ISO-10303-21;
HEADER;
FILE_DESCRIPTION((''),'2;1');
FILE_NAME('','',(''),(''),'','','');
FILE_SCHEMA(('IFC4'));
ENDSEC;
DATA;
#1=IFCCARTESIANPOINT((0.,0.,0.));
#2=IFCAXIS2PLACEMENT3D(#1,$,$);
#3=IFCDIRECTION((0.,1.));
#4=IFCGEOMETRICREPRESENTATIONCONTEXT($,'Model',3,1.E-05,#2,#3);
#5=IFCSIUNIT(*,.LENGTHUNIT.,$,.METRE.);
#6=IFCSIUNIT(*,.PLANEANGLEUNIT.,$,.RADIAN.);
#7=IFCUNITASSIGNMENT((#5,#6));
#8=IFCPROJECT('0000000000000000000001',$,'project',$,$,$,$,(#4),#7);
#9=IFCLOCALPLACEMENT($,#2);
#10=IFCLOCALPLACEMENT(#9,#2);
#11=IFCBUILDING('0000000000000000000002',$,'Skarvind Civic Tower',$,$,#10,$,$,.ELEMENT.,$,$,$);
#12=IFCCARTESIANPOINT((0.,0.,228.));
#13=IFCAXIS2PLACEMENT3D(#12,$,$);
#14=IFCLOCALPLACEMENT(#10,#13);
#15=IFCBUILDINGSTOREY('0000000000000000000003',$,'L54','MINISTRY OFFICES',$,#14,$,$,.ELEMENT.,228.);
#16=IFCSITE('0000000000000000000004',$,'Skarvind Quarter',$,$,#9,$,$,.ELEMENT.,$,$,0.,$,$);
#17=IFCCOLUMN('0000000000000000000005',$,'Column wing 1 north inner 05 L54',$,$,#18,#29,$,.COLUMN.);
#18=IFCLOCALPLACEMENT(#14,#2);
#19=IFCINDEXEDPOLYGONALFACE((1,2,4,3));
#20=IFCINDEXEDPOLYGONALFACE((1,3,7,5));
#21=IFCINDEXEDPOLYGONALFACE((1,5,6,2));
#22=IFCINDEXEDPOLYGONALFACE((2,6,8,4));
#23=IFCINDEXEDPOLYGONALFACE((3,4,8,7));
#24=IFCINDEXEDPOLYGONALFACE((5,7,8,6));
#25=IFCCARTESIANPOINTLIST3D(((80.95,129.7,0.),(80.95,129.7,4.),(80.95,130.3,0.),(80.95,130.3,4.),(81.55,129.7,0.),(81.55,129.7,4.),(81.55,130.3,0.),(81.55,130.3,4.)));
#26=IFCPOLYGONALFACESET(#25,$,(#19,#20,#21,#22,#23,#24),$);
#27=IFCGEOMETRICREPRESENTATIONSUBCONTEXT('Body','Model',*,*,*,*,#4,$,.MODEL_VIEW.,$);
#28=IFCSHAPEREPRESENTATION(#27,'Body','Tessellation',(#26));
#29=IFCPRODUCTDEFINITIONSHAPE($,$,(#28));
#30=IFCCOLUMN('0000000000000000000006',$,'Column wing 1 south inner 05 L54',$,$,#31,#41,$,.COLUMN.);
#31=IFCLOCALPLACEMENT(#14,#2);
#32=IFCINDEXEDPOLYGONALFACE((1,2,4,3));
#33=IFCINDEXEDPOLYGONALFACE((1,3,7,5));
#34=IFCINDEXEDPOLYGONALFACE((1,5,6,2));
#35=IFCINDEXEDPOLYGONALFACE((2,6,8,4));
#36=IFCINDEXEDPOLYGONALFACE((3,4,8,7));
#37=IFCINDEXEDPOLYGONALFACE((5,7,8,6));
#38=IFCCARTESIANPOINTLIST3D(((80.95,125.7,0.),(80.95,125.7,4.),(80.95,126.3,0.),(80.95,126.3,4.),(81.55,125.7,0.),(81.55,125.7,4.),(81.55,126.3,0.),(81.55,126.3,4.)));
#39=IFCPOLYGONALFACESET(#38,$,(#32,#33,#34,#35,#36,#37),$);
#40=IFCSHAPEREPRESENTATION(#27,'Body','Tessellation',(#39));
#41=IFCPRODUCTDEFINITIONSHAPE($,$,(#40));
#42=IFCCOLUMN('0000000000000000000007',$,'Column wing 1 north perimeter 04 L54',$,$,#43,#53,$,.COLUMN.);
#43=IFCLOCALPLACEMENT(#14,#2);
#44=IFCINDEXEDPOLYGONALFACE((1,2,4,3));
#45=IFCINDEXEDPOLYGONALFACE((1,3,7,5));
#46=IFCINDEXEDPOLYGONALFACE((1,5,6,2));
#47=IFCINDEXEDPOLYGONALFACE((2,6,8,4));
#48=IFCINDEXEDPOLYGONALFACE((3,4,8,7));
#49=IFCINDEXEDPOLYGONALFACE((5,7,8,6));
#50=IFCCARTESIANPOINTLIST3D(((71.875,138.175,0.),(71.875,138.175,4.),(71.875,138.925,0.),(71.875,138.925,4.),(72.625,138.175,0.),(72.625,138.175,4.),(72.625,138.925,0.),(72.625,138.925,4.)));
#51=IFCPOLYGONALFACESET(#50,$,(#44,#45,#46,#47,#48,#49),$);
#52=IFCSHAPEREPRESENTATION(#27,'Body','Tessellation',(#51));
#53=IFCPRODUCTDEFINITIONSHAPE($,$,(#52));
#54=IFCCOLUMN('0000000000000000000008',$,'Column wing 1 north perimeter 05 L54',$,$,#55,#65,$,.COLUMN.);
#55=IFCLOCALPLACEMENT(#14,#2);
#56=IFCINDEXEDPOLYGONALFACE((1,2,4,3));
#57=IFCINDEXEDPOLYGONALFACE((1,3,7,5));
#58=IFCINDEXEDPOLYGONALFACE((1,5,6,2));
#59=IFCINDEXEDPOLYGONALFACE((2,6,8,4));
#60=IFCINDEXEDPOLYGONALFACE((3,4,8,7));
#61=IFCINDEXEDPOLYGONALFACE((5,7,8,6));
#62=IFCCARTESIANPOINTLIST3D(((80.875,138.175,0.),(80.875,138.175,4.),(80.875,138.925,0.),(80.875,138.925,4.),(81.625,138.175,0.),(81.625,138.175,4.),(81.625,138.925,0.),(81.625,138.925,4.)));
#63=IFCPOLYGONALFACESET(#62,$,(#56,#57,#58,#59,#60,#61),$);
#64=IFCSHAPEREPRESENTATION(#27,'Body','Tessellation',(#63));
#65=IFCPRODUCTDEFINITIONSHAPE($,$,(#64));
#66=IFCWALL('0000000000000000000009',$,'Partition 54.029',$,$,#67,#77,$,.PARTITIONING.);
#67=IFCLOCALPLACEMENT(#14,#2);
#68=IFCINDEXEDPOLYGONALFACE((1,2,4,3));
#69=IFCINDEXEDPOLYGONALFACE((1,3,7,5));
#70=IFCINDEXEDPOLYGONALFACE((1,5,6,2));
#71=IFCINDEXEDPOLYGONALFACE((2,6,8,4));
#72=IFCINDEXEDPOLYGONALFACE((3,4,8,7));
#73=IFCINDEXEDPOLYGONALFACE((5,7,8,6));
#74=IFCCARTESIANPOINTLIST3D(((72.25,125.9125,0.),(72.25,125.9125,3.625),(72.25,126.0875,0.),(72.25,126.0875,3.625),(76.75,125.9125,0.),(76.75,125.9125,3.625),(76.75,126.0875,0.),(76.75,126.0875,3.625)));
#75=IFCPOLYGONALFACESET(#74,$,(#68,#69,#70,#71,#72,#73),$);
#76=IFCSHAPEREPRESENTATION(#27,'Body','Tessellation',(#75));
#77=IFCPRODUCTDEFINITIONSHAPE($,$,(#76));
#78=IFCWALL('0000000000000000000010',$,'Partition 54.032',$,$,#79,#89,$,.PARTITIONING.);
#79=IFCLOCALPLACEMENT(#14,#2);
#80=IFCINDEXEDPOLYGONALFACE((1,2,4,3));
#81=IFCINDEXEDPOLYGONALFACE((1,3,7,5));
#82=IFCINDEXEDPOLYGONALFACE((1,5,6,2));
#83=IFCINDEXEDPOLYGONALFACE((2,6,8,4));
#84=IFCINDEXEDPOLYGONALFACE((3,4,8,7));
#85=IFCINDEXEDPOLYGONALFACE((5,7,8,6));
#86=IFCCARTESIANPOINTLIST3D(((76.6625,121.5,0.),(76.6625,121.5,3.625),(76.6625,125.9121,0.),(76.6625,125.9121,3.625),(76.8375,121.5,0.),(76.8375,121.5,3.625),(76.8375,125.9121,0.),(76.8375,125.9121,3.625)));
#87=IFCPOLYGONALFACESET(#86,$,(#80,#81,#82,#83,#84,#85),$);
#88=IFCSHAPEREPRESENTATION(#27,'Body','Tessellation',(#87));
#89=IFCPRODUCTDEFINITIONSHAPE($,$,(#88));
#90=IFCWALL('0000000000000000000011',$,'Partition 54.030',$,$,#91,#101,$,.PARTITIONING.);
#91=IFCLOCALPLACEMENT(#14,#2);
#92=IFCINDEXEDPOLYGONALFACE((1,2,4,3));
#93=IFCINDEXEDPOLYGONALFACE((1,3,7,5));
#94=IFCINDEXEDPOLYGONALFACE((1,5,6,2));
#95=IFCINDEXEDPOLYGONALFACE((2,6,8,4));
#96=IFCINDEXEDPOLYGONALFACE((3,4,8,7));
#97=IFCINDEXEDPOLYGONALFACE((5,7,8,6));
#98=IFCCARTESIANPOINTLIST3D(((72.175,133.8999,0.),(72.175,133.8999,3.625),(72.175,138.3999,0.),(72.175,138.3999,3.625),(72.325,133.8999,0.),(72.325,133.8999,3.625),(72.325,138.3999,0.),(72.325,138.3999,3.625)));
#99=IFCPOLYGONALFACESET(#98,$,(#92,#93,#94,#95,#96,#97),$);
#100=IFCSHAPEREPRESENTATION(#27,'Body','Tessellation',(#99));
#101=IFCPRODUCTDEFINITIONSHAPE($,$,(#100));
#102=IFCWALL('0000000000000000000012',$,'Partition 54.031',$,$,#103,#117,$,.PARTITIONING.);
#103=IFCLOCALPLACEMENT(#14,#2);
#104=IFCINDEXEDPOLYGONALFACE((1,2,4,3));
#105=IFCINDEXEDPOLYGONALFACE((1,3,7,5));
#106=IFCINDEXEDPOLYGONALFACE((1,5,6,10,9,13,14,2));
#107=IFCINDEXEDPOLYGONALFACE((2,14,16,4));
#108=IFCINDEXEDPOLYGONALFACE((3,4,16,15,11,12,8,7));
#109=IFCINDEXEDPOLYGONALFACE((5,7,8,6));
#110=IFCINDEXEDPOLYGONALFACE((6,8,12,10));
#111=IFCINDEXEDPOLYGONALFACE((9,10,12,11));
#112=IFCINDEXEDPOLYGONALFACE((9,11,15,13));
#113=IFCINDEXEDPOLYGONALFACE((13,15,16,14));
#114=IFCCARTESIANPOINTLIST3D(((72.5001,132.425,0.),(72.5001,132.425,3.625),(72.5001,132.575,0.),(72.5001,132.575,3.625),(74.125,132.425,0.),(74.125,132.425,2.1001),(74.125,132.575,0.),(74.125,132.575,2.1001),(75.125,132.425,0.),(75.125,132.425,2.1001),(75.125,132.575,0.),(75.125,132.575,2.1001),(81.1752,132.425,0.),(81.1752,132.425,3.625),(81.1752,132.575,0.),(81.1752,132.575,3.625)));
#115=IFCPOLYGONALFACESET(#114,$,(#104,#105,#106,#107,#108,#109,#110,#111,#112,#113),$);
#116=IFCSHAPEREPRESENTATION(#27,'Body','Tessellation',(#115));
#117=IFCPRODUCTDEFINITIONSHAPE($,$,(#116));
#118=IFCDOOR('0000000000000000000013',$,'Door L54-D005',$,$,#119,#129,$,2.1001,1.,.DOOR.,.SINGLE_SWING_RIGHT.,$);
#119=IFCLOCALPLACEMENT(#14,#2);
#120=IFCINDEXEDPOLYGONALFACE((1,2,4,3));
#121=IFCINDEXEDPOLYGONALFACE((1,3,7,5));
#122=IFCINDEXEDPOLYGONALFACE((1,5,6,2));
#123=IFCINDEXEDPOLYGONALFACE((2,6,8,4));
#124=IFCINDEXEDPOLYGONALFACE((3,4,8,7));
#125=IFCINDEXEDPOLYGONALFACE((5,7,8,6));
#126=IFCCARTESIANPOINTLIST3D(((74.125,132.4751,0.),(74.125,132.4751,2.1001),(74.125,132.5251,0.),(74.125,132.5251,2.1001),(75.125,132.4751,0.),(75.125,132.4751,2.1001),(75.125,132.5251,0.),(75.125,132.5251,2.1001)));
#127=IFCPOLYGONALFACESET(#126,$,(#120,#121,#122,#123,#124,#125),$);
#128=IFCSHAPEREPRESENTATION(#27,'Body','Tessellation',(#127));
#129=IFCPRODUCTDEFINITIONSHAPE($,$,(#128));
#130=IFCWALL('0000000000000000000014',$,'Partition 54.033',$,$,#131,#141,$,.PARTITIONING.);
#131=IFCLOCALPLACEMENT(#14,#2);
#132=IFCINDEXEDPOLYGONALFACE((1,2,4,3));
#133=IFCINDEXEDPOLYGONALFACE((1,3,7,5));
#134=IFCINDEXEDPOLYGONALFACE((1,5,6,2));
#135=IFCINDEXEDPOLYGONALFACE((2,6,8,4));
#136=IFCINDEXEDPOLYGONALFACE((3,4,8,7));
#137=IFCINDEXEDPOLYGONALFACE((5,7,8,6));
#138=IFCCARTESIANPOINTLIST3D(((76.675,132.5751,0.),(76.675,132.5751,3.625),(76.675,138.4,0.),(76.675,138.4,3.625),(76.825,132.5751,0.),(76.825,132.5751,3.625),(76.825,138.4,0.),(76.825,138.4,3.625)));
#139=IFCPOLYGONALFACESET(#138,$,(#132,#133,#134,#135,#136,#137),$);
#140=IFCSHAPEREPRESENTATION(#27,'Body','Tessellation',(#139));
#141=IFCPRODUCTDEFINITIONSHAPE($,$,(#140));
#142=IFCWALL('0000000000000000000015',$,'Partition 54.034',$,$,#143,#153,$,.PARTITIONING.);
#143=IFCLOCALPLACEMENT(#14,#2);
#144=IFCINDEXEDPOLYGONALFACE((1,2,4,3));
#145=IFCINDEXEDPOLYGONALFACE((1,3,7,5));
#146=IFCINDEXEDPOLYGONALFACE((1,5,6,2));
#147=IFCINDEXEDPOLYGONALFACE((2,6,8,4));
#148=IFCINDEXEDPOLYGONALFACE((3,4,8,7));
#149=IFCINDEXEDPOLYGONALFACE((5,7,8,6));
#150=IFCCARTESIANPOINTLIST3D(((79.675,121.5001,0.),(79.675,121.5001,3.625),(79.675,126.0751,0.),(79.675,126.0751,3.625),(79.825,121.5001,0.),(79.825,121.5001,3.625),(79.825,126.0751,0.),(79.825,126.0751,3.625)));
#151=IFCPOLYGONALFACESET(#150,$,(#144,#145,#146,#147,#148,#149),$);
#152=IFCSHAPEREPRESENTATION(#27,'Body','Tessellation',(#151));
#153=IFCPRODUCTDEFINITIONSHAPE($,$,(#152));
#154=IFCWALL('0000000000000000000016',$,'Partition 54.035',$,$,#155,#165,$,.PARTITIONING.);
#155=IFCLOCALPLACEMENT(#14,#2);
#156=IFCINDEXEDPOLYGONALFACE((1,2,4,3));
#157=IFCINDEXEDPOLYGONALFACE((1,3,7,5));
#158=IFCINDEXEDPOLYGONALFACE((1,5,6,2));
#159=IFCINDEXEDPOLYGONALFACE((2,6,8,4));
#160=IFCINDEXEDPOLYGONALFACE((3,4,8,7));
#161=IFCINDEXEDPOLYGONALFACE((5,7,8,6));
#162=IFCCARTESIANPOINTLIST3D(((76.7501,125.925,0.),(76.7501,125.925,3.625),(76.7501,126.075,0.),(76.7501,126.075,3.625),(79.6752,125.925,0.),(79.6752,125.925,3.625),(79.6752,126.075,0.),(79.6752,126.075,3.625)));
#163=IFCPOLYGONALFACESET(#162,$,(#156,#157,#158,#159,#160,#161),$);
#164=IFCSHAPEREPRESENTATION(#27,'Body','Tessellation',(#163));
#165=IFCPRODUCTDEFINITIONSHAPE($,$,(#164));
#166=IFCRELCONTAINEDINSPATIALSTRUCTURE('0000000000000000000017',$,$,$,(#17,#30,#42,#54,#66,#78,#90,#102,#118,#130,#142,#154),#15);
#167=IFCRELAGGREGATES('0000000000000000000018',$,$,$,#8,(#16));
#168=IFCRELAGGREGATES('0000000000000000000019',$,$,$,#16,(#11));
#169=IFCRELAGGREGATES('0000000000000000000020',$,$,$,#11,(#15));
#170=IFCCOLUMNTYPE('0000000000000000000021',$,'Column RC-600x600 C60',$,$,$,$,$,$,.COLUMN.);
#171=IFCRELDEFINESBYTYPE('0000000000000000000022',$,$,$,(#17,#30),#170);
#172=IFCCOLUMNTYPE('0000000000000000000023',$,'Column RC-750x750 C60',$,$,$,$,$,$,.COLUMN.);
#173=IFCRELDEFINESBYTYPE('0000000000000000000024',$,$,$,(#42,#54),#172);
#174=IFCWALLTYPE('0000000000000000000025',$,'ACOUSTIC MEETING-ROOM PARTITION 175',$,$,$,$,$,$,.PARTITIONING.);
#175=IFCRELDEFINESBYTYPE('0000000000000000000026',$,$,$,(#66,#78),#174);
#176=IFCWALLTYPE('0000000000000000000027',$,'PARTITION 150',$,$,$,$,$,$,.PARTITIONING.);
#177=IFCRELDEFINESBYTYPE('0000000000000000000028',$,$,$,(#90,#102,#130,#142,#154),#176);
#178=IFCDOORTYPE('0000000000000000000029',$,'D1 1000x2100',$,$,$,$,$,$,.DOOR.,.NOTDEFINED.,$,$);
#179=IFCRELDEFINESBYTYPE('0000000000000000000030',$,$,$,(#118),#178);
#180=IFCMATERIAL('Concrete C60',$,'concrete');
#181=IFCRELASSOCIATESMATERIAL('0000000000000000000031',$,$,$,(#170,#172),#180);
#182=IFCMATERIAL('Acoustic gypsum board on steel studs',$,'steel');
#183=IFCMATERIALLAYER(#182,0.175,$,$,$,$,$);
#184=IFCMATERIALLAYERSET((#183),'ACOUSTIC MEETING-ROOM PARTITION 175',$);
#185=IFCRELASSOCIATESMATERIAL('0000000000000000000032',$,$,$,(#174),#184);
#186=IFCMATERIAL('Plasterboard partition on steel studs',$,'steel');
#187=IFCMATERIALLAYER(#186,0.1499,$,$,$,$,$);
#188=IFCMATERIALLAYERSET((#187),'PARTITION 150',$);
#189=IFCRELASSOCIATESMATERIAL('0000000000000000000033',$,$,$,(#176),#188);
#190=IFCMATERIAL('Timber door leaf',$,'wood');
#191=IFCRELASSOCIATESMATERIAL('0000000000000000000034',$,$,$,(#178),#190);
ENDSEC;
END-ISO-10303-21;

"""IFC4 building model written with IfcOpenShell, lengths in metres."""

from ifc_helpers import new_model, si_unit, direction, frame, frame_2d, origin, origin_2d, place, context, subcontext, project, spatial, rectangle, extrude, material, layer, layer_set, material_profile, profile_set, type_object, element, fill, save


model = new_model("IFC4")

# Units and contexts
model_context = context("Model", 3, precision=1e-05, world=origin(), true_north=direction((0.0, 1.0)))
body_context = subcontext(model_context, "Body", "Model", "MODEL_VIEW")
ifc_project = project(units=[si_unit("LENGTHUNIT", "METRE"), si_unit("PLANEANGLEUNIT", "RADIAN")], contexts=[model_context])

# Site, building, storey
site_placement = place(None, origin())
site = spatial("IfcSite", under=ifc_project, at=site_placement, Name="Skarvind Quarter", CompositionType="ELEMENT", RefElevation=0.0)
building_placement = place(site_placement, origin())
building = spatial("IfcBuilding", under=site, at=building_placement, Name="Skarvind Civic Tower", CompositionType="ELEMENT")
storey_placement = place(building_placement, frame((0.0, 0.0, 228.0)))
storey = spatial("IfcBuildingStorey", under=building, at=storey_placement, Name="L54", Description="MINISTRY OFFICES", CompositionType="ELEMENT", Elevation=228.0)

# Columns
ifc_material_1 = material(Name="Concrete C60", Category="concrete")
ifc_material_profile_1 = material_profile(ifc_material_1, rectangle(XDim=0.6001, YDim=0.6001, at=origin_2d()), Name="RC-600x600")
ifc_profile_set_1 = profile_set([ifc_material_profile_1], Name="Concrete C60")
column_type_1 = type_object("IfcColumnType", Name="Column RC-600x600 C60", PredefinedType="COLUMN", material=ifc_profile_set_1)
for number, where, z_axis, x_axis, name in (
    (1, (81.25, 130.0, 0.0), (0.0, 0.0, 1.0), (1.0, 0.0, 0.0), "Column wing 1 north inner 05 L54"),
    (2, (81.25, 126.0, 0.0), (0.0, 0.0, 1.0), (1.0, 0.0, 0.0), "Column wing 1 south inner 05 L54"),
):
    element("IfcColumn", number, at=place(storey_placement, frame(where, z_axis=z_axis, x_axis=x_axis)), inside=storey, type_object=column_type_1, Name=name, PredefinedType="COLUMN", context=body_context, shape_type="SweptSolid", body=[
        extrude(rectangle(XDim=0.6001, YDim=0.6001, at=origin_2d()), origin(), (0.0, 0.0, 1.0), 4.0),
    ])
ifc_material_profile_2 = material_profile(ifc_material_1, rectangle(XDim=0.75, YDim=0.75, at=origin_2d()), Name="RC-750x750")
ifc_profile_set_2 = profile_set([ifc_material_profile_2], Name="Concrete C60")
column_type_2 = type_object("IfcColumnType", Name="Column RC-750x750 C60", PredefinedType="COLUMN", material=ifc_profile_set_2)
for number, where, z_axis, x_axis, name in (
    (3, (72.25, 138.55, 0.0), (0.0, 0.0, 1.0), (1.0, 0.0, 0.0), "Column wing 1 north perimeter 04 L54"),
    (4, (81.25, 138.55, 0.0), (0.0, 0.0, 1.0), (1.0, 0.0, 0.0), "Column wing 1 north perimeter 05 L54"),
):
    element("IfcColumn", number, at=place(storey_placement, frame(where, z_axis=z_axis, x_axis=x_axis)), inside=storey, type_object=column_type_2, Name=name, PredefinedType="COLUMN", context=body_context, shape_type="SweptSolid", body=[
        extrude(rectangle(XDim=0.75, YDim=0.75, at=origin_2d()), origin(), (0.0, 0.0, 1.0), 4.0),
    ])

# Walls
ifc_material_2 = material(Name="Acoustic gypsum board on steel studs", Category="steel")
ifc_layer_1 = layer(ifc_material_2, 0.175)
ifc_layer_set_1 = layer_set([ifc_layer_1], Name="ACOUSTIC MEETING-ROOM PARTITION 175")
wall_type_1 = type_object("IfcWallType", Name="ACOUSTIC MEETING-ROOM PARTITION 175", PredefinedType="PARTITIONING", material=ifc_layer_set_1)
wall_1_placement = place(storey_placement, frame((72.25, 126.0, 0.0), z_axis=(0.0, 0.0, 1.0), x_axis=(1.0, 0.0, 0.0)))
element("IfcWall", 5, at=wall_1_placement, inside=storey, type_object=wall_type_1, Name="Partition 54.029", PredefinedType="PARTITIONING", context=body_context, shape_type="SweptSolid", body=[
    extrude(rectangle(XDim=4.5, YDim=0.175, at=frame_2d((2.25, 0.0))), origin(), (0.0, 0.0, 1.0), 3.625),
])
wall_2_placement = place(storey_placement, frame((76.75, 125.9121, 0.0), z_axis=(0.0, 0.0, 1.0), x_axis=(0.0, -1.0, 0.0)))
element("IfcWall", 6, at=wall_2_placement, inside=storey, type_object=wall_type_1, Name="Partition 54.032", PredefinedType="PARTITIONING", context=body_context, shape_type="SweptSolid", body=[
    extrude(rectangle(XDim=4.4121, YDim=0.175, at=frame_2d((2.2061, 0.0))), origin(), (0.0, 0.0, 1.0), 3.625),
])
ifc_material_3 = material(Name="Plasterboard partition on steel studs", Category="steel")
ifc_layer_2 = layer(ifc_material_3, 0.1499)
ifc_layer_set_2 = layer_set([ifc_layer_2], Name="PARTITION 150")
wall_type_2 = type_object("IfcWallType", Name="PARTITION 150", PredefinedType="PARTITIONING", material=ifc_layer_set_2)
wall_3_placement = place(storey_placement, frame((72.25, 133.8999, 0.0), z_axis=(0.0, 0.0, 1.0), x_axis=(0.0, 1.0, 0.0)))
element("IfcWall", 7, at=wall_3_placement, inside=storey, type_object=wall_type_2, Name="Partition 54.030", PredefinedType="PARTITIONING", context=body_context, shape_type="SweptSolid", body=[
    extrude(rectangle(XDim=4.5, YDim=0.1499, at=frame_2d((2.25, 0.0))), origin(), (0.0, 0.0, 1.0), 3.625),
])

# Wall, opening, door
wall_4_placement = place(storey_placement, frame((81.175, 132.5, 0.0), z_axis=(0.0, 0.0, 1.0), x_axis=(-1.0, 0.0, 0.0)))
wall_4 = element("IfcWall", 8, at=wall_4_placement, inside=storey, type_object=wall_type_2, Name="Partition 54.031", PredefinedType="PARTITIONING", context=body_context, shape_type="SweptSolid", body=[
    extrude(rectangle(XDim=8.675, YDim=0.1499, at=frame_2d((4.3374, 0.0))), origin(), (0.0, 0.0, 1.0), 3.625),
])
opening_1_placement = place(wall_4_placement, frame((6.05, 0.0, 0.0)))
opening_1 = element("IfcOpeningElement", 9, at=opening_1_placement, cuts=wall_4, PredefinedType="OPENING", context=body_context, shape_type="SweptSolid", body=[
    extrude(rectangle(XDim=1.0, YDim=2.1001, at=frame_2d((0.5, 1.05))), frame((0.0, 0.085, 0.0), z_axis=(0.0, -1.0, 0.0), x_axis=(1.0, 0.0, 0.0)), (0.0, 0.0, 1.0), 0.1699),
])
ifc_material_4 = material(Name="Timber door leaf", Category="wood")
door_type = type_object("IfcDoorType", Name="D1 1000x2100", OperationType="NOTDEFINED", PredefinedType="DOOR", material=ifc_material_4)
door_1_placement = place(opening_1_placement, origin())
door_1 = element("IfcDoor", 10, at=door_1_placement, inside=storey, type_object=door_type, Name="Door L54-D005", OperationType="SINGLE_SWING_RIGHT", OverallHeight=2.1001, OverallWidth=1.0, PredefinedType="DOOR", context=body_context, shape_type="SweptSolid", body=[
    extrude(rectangle(XDim=1.0, YDim=2.1001, at=frame_2d((0.5, 1.05))), frame((0.0, 0.0249, 0.0), z_axis=(0.0, -1.0, 0.0), x_axis=(1.0, 0.0, 0.0)), (0.0, 0.0, 1.0), 0.05),
])
fill(opening_1, door_1)

# Walls
wall_5_placement = place(storey_placement, frame((76.75, 132.575, 0.0), z_axis=(0.0, 0.0, 1.0), x_axis=(0.0, 1.0, 0.0)))
element("IfcWall", 11, at=wall_5_placement, inside=storey, type_object=wall_type_2, Name="Partition 54.033", PredefinedType="PARTITIONING", context=body_context, shape_type="SweptSolid", body=[
    extrude(rectangle(XDim=5.825, YDim=0.1499, at=frame_2d((2.9126, 0.0))), origin(), (0.0, 0.0, 1.0), 3.625),
])
wall_6_placement = place(storey_placement, frame((79.75, 121.5, 0.0), z_axis=(0.0, 0.0, 1.0), x_axis=(0.0, 1.0, 0.0)))
element("IfcWall", 12, at=wall_6_placement, inside=storey, type_object=wall_type_2, Name="Partition 54.034", PredefinedType="PARTITIONING", context=body_context, shape_type="SweptSolid", body=[
    extrude(rectangle(XDim=4.575, YDim=0.1499, at=frame_2d((2.2876, 0.0))), origin(), (0.0, 0.0, 1.0), 3.625),
])
wall_7_placement = place(storey_placement, frame((79.675, 126.0, 0.0), z_axis=(0.0, 0.0, 1.0), x_axis=(-1.0, 0.0, 0.0)))
element("IfcWall", 13, at=wall_7_placement, inside=storey, type_object=wall_type_2, Name="Partition 54.035", PredefinedType="PARTITIONING", context=body_context, shape_type="SweptSolid", body=[
    extrude(rectangle(XDim=2.925, YDim=0.1499, at=frame_2d((1.4624, 0.0))), origin(), (0.0, 0.0, 1.0), 3.625),
])

save(model, "model.ifc")
